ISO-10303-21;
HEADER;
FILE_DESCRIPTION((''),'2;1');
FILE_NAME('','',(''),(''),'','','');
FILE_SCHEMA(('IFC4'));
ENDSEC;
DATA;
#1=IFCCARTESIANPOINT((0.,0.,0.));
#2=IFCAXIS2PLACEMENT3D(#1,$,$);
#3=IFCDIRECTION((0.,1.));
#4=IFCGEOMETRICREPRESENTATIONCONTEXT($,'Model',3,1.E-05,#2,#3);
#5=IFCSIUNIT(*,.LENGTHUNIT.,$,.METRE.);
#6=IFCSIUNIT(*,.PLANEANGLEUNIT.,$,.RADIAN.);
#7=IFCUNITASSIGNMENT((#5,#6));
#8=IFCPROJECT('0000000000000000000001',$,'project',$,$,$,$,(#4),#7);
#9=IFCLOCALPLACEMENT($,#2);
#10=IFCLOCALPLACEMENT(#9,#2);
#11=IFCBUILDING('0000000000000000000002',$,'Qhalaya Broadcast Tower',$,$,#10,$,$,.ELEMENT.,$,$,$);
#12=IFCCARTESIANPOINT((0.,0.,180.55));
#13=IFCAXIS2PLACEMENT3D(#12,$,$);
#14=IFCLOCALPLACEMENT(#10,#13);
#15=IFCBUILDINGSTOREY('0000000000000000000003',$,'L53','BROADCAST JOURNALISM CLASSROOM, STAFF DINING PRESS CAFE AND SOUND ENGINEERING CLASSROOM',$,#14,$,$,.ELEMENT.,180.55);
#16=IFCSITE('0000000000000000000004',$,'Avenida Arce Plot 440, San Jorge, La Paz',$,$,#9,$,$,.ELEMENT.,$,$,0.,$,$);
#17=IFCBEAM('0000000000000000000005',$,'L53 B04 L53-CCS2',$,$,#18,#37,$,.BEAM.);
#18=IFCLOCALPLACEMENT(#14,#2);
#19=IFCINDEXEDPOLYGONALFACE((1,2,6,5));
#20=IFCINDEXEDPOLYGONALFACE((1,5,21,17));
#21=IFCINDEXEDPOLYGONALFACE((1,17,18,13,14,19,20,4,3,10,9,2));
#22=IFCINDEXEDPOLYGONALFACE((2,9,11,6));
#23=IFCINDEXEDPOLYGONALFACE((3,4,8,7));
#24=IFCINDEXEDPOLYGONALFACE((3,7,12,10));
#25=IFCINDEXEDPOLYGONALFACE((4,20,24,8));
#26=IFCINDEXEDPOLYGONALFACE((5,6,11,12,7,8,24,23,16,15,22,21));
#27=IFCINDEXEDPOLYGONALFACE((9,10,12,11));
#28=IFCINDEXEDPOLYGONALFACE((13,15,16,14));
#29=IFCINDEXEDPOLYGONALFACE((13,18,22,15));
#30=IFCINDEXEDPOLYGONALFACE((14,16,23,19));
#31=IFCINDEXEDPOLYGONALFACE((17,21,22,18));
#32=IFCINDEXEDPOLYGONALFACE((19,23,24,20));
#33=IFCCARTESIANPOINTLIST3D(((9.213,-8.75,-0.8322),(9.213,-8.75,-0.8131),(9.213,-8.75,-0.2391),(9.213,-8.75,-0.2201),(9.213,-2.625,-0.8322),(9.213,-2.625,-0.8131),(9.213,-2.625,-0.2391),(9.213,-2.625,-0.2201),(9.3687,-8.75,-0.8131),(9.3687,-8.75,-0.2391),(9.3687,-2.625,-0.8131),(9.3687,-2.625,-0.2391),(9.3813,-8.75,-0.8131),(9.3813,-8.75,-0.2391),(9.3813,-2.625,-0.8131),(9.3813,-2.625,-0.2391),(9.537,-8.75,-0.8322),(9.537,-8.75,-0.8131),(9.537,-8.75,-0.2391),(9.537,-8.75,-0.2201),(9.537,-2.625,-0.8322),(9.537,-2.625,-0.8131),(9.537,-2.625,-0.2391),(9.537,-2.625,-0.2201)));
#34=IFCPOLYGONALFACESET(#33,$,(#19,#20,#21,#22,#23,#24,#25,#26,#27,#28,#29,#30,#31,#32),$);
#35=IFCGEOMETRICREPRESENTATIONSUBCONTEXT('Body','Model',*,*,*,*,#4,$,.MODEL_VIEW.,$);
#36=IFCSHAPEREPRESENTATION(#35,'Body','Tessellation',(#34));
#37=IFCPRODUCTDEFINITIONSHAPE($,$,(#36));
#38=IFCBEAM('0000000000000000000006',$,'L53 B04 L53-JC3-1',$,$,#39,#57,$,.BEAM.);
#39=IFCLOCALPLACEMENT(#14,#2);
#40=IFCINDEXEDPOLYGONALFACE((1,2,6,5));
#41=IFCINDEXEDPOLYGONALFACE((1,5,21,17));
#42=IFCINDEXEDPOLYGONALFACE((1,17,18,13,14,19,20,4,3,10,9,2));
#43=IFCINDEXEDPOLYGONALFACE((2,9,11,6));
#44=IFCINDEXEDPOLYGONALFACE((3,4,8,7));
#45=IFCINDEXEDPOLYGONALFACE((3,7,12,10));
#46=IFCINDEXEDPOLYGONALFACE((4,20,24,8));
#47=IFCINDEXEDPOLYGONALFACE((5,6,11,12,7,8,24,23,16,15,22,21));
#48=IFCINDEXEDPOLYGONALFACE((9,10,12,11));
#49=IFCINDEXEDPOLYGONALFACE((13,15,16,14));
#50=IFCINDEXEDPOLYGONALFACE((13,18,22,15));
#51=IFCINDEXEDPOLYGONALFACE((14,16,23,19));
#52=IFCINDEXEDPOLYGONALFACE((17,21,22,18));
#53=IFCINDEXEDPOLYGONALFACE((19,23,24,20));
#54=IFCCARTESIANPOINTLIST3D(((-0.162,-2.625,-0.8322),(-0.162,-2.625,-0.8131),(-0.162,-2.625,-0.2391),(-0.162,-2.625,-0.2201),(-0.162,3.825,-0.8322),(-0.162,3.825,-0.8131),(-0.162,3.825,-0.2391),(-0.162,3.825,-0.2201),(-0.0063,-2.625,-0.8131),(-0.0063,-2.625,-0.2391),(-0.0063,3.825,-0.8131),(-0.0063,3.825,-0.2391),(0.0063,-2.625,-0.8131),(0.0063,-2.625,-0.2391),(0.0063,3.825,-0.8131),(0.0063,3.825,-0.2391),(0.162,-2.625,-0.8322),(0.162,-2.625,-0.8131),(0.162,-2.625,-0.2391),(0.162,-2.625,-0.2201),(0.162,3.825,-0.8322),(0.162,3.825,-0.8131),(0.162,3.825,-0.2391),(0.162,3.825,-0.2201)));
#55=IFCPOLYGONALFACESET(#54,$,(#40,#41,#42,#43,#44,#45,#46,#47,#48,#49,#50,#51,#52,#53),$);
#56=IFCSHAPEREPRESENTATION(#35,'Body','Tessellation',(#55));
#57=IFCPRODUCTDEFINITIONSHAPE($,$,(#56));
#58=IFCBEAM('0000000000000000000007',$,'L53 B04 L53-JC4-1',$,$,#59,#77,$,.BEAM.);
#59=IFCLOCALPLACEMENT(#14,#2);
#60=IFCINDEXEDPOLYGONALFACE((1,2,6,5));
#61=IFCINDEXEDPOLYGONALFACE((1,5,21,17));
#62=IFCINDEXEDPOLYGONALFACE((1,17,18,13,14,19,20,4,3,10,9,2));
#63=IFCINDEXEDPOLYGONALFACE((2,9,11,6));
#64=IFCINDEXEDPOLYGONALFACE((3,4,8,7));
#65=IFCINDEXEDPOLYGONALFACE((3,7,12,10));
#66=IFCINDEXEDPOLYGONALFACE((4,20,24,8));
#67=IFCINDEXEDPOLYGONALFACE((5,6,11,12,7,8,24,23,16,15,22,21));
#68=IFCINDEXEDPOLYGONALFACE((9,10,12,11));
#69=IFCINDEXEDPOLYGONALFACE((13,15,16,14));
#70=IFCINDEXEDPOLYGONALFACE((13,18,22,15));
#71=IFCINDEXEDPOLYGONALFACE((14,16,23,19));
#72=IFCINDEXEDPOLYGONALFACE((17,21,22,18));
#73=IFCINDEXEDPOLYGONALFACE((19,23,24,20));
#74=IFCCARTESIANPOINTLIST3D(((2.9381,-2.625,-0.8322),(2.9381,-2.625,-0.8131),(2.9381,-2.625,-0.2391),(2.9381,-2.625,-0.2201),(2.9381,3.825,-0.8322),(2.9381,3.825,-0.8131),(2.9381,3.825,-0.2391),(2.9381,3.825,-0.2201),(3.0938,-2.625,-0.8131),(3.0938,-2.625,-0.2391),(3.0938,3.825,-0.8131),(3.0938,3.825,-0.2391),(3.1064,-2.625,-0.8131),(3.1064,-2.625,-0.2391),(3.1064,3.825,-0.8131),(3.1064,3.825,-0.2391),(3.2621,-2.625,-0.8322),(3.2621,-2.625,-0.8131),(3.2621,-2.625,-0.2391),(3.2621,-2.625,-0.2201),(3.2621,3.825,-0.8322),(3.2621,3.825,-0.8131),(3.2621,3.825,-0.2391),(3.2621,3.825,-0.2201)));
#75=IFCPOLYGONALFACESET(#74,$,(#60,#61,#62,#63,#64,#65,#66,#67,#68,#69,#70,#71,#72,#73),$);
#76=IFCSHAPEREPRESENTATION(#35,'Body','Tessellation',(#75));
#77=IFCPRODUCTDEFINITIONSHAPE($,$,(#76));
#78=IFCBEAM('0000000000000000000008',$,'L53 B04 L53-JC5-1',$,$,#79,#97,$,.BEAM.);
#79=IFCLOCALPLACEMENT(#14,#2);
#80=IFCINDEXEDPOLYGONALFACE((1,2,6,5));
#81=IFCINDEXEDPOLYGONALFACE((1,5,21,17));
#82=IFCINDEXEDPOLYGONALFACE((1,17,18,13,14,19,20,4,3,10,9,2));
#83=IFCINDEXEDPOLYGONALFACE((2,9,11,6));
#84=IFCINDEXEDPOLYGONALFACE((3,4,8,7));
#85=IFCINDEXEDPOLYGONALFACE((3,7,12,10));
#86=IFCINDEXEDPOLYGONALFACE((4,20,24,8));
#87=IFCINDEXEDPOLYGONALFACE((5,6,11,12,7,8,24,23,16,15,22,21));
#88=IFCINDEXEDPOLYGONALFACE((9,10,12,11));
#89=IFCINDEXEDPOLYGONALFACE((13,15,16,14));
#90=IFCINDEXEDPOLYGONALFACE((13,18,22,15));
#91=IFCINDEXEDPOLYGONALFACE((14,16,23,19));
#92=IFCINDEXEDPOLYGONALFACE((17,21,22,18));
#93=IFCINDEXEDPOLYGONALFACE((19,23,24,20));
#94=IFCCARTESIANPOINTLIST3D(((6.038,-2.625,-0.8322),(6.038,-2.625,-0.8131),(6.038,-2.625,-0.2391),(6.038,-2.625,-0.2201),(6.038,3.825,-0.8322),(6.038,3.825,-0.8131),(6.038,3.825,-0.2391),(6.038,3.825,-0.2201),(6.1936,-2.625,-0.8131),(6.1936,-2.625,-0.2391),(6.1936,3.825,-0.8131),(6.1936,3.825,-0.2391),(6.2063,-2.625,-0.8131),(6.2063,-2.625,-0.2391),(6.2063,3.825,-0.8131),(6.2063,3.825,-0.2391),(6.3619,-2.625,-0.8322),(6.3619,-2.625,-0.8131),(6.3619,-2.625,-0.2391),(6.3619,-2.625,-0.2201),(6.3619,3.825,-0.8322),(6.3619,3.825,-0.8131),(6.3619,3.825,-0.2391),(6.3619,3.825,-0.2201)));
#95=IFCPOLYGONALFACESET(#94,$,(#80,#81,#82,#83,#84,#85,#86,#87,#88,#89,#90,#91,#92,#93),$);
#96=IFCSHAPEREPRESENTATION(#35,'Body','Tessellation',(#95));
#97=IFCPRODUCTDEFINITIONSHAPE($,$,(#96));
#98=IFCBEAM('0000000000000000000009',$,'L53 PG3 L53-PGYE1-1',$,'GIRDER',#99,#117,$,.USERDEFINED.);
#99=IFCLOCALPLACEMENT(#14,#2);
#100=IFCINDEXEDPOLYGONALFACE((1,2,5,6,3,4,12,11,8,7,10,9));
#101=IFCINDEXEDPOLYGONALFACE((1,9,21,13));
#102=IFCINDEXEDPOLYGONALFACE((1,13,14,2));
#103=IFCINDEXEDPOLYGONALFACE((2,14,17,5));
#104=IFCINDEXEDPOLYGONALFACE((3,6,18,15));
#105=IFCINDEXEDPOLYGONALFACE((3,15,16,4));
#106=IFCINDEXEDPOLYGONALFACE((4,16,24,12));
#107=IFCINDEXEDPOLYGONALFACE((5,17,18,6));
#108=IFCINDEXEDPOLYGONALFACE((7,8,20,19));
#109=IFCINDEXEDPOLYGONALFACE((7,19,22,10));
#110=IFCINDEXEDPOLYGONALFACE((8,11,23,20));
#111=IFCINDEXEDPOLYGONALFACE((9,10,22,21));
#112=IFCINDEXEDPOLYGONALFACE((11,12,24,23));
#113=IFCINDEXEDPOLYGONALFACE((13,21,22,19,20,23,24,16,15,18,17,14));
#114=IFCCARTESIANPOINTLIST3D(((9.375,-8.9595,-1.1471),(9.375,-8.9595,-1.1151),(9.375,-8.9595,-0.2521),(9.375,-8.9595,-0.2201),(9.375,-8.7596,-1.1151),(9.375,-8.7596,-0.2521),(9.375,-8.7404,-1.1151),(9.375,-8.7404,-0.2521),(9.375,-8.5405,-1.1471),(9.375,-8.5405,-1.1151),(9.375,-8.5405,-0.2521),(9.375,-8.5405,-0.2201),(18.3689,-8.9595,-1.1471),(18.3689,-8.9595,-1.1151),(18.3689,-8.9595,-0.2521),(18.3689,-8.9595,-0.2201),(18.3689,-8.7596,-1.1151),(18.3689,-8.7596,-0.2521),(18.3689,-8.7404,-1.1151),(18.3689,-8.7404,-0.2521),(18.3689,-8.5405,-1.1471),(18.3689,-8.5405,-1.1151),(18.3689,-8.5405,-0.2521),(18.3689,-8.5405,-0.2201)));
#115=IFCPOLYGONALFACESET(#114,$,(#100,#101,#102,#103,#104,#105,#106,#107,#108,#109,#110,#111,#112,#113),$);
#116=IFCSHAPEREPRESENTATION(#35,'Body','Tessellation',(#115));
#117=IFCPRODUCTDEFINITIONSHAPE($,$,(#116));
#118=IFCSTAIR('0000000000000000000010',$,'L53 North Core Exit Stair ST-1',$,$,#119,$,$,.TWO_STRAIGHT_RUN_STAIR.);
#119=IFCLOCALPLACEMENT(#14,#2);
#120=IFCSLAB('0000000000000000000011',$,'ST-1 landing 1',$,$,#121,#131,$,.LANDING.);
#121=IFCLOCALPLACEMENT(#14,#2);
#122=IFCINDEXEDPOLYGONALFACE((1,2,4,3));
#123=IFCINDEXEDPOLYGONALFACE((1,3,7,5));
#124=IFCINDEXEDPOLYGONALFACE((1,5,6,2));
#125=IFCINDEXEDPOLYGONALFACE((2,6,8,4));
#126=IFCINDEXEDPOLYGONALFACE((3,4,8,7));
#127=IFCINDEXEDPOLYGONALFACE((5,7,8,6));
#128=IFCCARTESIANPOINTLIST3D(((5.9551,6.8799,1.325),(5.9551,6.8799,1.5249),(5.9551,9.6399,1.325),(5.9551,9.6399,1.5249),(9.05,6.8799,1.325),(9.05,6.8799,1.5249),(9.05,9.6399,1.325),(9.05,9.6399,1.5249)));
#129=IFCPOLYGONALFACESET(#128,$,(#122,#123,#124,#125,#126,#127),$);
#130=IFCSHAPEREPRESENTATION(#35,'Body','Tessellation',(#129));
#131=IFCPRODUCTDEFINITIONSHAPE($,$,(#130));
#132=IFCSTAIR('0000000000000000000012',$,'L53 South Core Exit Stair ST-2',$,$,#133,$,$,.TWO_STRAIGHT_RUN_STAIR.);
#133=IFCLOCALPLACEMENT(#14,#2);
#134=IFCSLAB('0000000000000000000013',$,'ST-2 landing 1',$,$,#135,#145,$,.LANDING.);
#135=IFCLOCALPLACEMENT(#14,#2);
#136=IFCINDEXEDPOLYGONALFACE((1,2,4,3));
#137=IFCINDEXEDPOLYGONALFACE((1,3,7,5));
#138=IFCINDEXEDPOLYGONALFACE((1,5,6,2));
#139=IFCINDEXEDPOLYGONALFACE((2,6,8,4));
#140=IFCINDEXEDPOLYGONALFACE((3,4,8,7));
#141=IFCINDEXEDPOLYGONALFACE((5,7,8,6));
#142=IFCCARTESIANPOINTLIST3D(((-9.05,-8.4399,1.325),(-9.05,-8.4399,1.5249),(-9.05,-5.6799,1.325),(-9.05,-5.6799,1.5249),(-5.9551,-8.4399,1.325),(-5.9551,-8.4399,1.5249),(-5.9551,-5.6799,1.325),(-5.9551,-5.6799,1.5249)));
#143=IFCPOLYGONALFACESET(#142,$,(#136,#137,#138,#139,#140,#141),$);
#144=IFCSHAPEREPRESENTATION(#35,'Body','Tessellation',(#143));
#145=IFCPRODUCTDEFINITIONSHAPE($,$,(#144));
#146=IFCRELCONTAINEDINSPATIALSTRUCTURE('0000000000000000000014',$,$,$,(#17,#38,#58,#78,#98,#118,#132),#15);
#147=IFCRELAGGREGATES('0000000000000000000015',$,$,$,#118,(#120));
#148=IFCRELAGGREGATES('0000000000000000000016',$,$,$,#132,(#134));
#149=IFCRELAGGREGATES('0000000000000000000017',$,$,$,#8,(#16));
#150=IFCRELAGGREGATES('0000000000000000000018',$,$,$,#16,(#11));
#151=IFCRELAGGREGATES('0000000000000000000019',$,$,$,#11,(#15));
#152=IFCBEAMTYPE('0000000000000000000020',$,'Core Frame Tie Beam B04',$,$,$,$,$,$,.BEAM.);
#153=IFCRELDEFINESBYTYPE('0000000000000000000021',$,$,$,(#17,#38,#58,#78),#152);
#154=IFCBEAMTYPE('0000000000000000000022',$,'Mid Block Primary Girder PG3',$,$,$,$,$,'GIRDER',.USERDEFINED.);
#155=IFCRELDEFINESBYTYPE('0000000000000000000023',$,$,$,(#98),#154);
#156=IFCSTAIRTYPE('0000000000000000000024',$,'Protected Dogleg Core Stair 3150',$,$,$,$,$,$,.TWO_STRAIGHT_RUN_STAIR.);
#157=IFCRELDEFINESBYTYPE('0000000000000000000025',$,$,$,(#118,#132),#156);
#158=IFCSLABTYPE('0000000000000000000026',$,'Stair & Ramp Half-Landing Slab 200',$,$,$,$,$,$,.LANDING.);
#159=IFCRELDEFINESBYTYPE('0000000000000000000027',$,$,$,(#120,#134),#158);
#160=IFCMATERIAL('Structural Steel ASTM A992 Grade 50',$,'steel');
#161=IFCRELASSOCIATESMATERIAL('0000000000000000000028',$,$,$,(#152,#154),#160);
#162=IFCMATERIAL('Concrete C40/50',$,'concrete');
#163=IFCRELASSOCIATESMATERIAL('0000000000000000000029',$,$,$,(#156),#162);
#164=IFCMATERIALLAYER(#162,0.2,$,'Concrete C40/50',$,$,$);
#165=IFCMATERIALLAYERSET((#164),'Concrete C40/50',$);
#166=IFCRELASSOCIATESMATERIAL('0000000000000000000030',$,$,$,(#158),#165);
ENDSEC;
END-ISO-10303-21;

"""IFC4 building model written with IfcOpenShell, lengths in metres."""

from ifc_helpers import new_model, si_unit, direction, frame, origin, origin_2d, place, context, subcontext, project, spatial, polyline, i_section, outline, extrude, material, layer, layer_set, material_profile, profile_set, type_object, element, aggregate, save


model = new_model("IFC4")

# Units and contexts
model_context = context("Model", 3, precision=1e-05, world=origin(), true_north=direction((0.0, 1.0)))
body_context = subcontext(model_context, "Body", "Model", "MODEL_VIEW")
ifc_project = project(units=[si_unit("LENGTHUNIT", "METRE"), si_unit("PLANEANGLEUNIT", "RADIAN")], contexts=[model_context])

# Site, building, storey
site_placement = place(None, origin())
site = spatial("IfcSite", under=ifc_project, at=site_placement, Name="Avenida Arce Plot 440, San Jorge, La Paz", CompositionType="ELEMENT", RefElevation=0.0)
building_placement = place(site_placement, origin())
building = spatial("IfcBuilding", under=site, at=building_placement, Name="Qhalaya Broadcast Tower", CompositionType="ELEMENT")
storey_placement = place(building_placement, frame((0.0, 0.0, 180.55)))
storey = spatial("IfcBuildingStorey", under=building, at=storey_placement, Name="L53", Description="BROADCAST JOURNALISM CLASSROOM, STAFF DINING PRESS CAFE AND SOUND ENGINEERING CLASSROOM", CompositionType="ELEMENT", Elevation=180.55)

# Beams
ifc_material_1 = material(Name="Structural Steel ASTM A992 Grade 50", Category="steel")
ifc_material_profile_1 = material_profile(ifc_material_1, i_section(OverallWidth=0.324, OverallDepth=0.6121, WebThickness=0.0127, FlangeThickness=0.019, at=origin_2d()), Name="W24X104")
ifc_profile_set_1 = profile_set([ifc_material_profile_1], Name="Structural Steel ASTM A992 Grade 50")
beam_type_1 = type_object("IfcBeamType", Name="Core Frame Tie Beam B04", PredefinedType="BEAM", material=ifc_profile_set_1)
beam_1_placement = place(storey_placement, frame((9.375, -8.75, -0.5261), z_axis=(0.0, 1.0, 0.0), x_axis=(-1.0, 0.0, 0.0)))
element("IfcBeam", 1, at=beam_1_placement, inside=storey, type_object=beam_type_1, Name="L53 B04 L53-CCS2", PredefinedType="BEAM", context=body_context, shape_type="SweptSolid", body=[
    extrude(i_section(OverallWidth=0.324, OverallDepth=0.6121, WebThickness=0.0127, FlangeThickness=0.019, at=origin_2d()), origin(), (0.0, 0.0, 1.0), 6.125),
])
for number, where, z_axis, x_axis, name in (
    (2, (0.0, -2.625, -0.5261), (0.0, 1.0, 0.0), (-1.0, 0.0, 0.0), "L53 B04 L53-JC3-1"),
    (3, (3.1001, -2.625, -0.5261), (0.0, 1.0, 0.0), (-1.0, 0.0, 0.0), "L53 B04 L53-JC4-1"),
    (4, (6.2, -2.625, -0.5261), (0.0, 1.0, 0.0), (-1.0, 0.0, 0.0), "L53 B04 L53-JC5-1"),
):
    element("IfcBeam", number, at=place(storey_placement, frame(where, z_axis=z_axis, x_axis=x_axis)), inside=storey, type_object=beam_type_1, Name=name, PredefinedType="BEAM", context=body_context, shape_type="SweptSolid", body=[
        extrude(i_section(OverallWidth=0.324, OverallDepth=0.6121, WebThickness=0.0127, FlangeThickness=0.019, at=origin_2d()), origin(), (0.0, 0.0, 1.0), 6.45),
    ])
ifc_material_profile_2 = material_profile(ifc_material_1, i_section(OverallWidth=0.4189, OverallDepth=0.927, WebThickness=0.0193, FlangeThickness=0.032, at=origin_2d()), Name="W36X231")
ifc_profile_set_2 = profile_set([ifc_material_profile_2], Name="Structural Steel ASTM A992 Grade 50")
beam_type_2 = type_object("IfcBeamType", Name="Mid Block Primary Girder PG3", ElementType="GIRDER", PredefinedType="USERDEFINED", material=ifc_profile_set_2)
beam_2_placement = place(storey_placement, frame((9.375, -8.75, -0.6836), z_axis=(1.0, 0.0, 0.0), x_axis=(0.0, 1.0, 0.0)))
element("IfcBeam", 5, at=beam_2_placement, inside=storey, type_object=beam_type_2, Name="L53 PG3 L53-PGYE1-1", ObjectType="GIRDER", PredefinedType="USERDEFINED", context=body_context, shape_type="SweptSolid", body=[
    extrude(i_section(OverallWidth=0.4189, OverallDepth=0.927, WebThickness=0.0193, FlangeThickness=0.032, at=origin_2d()), origin(), (0.0, 0.0, 1.0), 8.9939),
])

# Stairs, slabs
ifc_material_2 = material(Name="Concrete C40/50", Category="concrete")
stair_type = type_object("IfcStairType", Name="Protected Dogleg Core Stair 3150", PredefinedType="TWO_STRAIGHT_RUN_STAIR", material=ifc_material_2)
stair_1_placement = place(storey_placement, origin())
stair_1 = element("IfcStair", 6, at=stair_1_placement, inside=storey, type_object=stair_type, Name="L53 North Core Exit Stair ST-1", PredefinedType="TWO_STRAIGHT_RUN_STAIR")
ifc_layer_1 = layer(ifc_material_2, 0.2, Name="Concrete C40/50")
ifc_layer_set_1 = layer_set([ifc_layer_1], Name="Concrete C40/50")
slab_type_1 = type_object("IfcSlabType", Name="Stair & Ramp Half-Landing Slab 200", PredefinedType="LANDING", material=ifc_layer_set_1)
slab_1_placement = place(storey_placement, frame((0.0, 0.0, 1.325)))
slab_1 = element("IfcSlab", 7, at=slab_1_placement, type_object=slab_type_1, Name="ST-1 landing 1", PredefinedType="LANDING", context=body_context, shape_type="SweptSolid", body=[
    extrude(outline(polyline([(5.9551, 6.8799), (9.05, 6.8799), (9.05, 9.6399), (5.9551, 9.6399), (5.9551, 6.8799)])), origin(), (0.0, 0.0, 1.0), 0.2),
])
aggregate(stair_1, [slab_1])
stair_2_placement = place(storey_placement, origin())
stair_2 = element("IfcStair", 8, at=stair_2_placement, inside=storey, type_object=stair_type, Name="L53 South Core Exit Stair ST-2", PredefinedType="TWO_STRAIGHT_RUN_STAIR")
slab_2_placement = place(storey_placement, frame((0.0, 0.0, 1.325)))
slab_2 = element("IfcSlab", 9, at=slab_2_placement, type_object=slab_type_1, Name="ST-2 landing 1", PredefinedType="LANDING", context=body_context, shape_type="SweptSolid", body=[
    extrude(outline(polyline([(-5.9551, -5.6799), (-9.05, -5.6799), (-9.05, -8.4399), (-5.9551, -8.4399), (-5.9551, -5.6799)])), origin(), (0.0, 0.0, 1.0), 0.2),
])
aggregate(stair_2, [slab_2])

save(model, "model.ifc")
